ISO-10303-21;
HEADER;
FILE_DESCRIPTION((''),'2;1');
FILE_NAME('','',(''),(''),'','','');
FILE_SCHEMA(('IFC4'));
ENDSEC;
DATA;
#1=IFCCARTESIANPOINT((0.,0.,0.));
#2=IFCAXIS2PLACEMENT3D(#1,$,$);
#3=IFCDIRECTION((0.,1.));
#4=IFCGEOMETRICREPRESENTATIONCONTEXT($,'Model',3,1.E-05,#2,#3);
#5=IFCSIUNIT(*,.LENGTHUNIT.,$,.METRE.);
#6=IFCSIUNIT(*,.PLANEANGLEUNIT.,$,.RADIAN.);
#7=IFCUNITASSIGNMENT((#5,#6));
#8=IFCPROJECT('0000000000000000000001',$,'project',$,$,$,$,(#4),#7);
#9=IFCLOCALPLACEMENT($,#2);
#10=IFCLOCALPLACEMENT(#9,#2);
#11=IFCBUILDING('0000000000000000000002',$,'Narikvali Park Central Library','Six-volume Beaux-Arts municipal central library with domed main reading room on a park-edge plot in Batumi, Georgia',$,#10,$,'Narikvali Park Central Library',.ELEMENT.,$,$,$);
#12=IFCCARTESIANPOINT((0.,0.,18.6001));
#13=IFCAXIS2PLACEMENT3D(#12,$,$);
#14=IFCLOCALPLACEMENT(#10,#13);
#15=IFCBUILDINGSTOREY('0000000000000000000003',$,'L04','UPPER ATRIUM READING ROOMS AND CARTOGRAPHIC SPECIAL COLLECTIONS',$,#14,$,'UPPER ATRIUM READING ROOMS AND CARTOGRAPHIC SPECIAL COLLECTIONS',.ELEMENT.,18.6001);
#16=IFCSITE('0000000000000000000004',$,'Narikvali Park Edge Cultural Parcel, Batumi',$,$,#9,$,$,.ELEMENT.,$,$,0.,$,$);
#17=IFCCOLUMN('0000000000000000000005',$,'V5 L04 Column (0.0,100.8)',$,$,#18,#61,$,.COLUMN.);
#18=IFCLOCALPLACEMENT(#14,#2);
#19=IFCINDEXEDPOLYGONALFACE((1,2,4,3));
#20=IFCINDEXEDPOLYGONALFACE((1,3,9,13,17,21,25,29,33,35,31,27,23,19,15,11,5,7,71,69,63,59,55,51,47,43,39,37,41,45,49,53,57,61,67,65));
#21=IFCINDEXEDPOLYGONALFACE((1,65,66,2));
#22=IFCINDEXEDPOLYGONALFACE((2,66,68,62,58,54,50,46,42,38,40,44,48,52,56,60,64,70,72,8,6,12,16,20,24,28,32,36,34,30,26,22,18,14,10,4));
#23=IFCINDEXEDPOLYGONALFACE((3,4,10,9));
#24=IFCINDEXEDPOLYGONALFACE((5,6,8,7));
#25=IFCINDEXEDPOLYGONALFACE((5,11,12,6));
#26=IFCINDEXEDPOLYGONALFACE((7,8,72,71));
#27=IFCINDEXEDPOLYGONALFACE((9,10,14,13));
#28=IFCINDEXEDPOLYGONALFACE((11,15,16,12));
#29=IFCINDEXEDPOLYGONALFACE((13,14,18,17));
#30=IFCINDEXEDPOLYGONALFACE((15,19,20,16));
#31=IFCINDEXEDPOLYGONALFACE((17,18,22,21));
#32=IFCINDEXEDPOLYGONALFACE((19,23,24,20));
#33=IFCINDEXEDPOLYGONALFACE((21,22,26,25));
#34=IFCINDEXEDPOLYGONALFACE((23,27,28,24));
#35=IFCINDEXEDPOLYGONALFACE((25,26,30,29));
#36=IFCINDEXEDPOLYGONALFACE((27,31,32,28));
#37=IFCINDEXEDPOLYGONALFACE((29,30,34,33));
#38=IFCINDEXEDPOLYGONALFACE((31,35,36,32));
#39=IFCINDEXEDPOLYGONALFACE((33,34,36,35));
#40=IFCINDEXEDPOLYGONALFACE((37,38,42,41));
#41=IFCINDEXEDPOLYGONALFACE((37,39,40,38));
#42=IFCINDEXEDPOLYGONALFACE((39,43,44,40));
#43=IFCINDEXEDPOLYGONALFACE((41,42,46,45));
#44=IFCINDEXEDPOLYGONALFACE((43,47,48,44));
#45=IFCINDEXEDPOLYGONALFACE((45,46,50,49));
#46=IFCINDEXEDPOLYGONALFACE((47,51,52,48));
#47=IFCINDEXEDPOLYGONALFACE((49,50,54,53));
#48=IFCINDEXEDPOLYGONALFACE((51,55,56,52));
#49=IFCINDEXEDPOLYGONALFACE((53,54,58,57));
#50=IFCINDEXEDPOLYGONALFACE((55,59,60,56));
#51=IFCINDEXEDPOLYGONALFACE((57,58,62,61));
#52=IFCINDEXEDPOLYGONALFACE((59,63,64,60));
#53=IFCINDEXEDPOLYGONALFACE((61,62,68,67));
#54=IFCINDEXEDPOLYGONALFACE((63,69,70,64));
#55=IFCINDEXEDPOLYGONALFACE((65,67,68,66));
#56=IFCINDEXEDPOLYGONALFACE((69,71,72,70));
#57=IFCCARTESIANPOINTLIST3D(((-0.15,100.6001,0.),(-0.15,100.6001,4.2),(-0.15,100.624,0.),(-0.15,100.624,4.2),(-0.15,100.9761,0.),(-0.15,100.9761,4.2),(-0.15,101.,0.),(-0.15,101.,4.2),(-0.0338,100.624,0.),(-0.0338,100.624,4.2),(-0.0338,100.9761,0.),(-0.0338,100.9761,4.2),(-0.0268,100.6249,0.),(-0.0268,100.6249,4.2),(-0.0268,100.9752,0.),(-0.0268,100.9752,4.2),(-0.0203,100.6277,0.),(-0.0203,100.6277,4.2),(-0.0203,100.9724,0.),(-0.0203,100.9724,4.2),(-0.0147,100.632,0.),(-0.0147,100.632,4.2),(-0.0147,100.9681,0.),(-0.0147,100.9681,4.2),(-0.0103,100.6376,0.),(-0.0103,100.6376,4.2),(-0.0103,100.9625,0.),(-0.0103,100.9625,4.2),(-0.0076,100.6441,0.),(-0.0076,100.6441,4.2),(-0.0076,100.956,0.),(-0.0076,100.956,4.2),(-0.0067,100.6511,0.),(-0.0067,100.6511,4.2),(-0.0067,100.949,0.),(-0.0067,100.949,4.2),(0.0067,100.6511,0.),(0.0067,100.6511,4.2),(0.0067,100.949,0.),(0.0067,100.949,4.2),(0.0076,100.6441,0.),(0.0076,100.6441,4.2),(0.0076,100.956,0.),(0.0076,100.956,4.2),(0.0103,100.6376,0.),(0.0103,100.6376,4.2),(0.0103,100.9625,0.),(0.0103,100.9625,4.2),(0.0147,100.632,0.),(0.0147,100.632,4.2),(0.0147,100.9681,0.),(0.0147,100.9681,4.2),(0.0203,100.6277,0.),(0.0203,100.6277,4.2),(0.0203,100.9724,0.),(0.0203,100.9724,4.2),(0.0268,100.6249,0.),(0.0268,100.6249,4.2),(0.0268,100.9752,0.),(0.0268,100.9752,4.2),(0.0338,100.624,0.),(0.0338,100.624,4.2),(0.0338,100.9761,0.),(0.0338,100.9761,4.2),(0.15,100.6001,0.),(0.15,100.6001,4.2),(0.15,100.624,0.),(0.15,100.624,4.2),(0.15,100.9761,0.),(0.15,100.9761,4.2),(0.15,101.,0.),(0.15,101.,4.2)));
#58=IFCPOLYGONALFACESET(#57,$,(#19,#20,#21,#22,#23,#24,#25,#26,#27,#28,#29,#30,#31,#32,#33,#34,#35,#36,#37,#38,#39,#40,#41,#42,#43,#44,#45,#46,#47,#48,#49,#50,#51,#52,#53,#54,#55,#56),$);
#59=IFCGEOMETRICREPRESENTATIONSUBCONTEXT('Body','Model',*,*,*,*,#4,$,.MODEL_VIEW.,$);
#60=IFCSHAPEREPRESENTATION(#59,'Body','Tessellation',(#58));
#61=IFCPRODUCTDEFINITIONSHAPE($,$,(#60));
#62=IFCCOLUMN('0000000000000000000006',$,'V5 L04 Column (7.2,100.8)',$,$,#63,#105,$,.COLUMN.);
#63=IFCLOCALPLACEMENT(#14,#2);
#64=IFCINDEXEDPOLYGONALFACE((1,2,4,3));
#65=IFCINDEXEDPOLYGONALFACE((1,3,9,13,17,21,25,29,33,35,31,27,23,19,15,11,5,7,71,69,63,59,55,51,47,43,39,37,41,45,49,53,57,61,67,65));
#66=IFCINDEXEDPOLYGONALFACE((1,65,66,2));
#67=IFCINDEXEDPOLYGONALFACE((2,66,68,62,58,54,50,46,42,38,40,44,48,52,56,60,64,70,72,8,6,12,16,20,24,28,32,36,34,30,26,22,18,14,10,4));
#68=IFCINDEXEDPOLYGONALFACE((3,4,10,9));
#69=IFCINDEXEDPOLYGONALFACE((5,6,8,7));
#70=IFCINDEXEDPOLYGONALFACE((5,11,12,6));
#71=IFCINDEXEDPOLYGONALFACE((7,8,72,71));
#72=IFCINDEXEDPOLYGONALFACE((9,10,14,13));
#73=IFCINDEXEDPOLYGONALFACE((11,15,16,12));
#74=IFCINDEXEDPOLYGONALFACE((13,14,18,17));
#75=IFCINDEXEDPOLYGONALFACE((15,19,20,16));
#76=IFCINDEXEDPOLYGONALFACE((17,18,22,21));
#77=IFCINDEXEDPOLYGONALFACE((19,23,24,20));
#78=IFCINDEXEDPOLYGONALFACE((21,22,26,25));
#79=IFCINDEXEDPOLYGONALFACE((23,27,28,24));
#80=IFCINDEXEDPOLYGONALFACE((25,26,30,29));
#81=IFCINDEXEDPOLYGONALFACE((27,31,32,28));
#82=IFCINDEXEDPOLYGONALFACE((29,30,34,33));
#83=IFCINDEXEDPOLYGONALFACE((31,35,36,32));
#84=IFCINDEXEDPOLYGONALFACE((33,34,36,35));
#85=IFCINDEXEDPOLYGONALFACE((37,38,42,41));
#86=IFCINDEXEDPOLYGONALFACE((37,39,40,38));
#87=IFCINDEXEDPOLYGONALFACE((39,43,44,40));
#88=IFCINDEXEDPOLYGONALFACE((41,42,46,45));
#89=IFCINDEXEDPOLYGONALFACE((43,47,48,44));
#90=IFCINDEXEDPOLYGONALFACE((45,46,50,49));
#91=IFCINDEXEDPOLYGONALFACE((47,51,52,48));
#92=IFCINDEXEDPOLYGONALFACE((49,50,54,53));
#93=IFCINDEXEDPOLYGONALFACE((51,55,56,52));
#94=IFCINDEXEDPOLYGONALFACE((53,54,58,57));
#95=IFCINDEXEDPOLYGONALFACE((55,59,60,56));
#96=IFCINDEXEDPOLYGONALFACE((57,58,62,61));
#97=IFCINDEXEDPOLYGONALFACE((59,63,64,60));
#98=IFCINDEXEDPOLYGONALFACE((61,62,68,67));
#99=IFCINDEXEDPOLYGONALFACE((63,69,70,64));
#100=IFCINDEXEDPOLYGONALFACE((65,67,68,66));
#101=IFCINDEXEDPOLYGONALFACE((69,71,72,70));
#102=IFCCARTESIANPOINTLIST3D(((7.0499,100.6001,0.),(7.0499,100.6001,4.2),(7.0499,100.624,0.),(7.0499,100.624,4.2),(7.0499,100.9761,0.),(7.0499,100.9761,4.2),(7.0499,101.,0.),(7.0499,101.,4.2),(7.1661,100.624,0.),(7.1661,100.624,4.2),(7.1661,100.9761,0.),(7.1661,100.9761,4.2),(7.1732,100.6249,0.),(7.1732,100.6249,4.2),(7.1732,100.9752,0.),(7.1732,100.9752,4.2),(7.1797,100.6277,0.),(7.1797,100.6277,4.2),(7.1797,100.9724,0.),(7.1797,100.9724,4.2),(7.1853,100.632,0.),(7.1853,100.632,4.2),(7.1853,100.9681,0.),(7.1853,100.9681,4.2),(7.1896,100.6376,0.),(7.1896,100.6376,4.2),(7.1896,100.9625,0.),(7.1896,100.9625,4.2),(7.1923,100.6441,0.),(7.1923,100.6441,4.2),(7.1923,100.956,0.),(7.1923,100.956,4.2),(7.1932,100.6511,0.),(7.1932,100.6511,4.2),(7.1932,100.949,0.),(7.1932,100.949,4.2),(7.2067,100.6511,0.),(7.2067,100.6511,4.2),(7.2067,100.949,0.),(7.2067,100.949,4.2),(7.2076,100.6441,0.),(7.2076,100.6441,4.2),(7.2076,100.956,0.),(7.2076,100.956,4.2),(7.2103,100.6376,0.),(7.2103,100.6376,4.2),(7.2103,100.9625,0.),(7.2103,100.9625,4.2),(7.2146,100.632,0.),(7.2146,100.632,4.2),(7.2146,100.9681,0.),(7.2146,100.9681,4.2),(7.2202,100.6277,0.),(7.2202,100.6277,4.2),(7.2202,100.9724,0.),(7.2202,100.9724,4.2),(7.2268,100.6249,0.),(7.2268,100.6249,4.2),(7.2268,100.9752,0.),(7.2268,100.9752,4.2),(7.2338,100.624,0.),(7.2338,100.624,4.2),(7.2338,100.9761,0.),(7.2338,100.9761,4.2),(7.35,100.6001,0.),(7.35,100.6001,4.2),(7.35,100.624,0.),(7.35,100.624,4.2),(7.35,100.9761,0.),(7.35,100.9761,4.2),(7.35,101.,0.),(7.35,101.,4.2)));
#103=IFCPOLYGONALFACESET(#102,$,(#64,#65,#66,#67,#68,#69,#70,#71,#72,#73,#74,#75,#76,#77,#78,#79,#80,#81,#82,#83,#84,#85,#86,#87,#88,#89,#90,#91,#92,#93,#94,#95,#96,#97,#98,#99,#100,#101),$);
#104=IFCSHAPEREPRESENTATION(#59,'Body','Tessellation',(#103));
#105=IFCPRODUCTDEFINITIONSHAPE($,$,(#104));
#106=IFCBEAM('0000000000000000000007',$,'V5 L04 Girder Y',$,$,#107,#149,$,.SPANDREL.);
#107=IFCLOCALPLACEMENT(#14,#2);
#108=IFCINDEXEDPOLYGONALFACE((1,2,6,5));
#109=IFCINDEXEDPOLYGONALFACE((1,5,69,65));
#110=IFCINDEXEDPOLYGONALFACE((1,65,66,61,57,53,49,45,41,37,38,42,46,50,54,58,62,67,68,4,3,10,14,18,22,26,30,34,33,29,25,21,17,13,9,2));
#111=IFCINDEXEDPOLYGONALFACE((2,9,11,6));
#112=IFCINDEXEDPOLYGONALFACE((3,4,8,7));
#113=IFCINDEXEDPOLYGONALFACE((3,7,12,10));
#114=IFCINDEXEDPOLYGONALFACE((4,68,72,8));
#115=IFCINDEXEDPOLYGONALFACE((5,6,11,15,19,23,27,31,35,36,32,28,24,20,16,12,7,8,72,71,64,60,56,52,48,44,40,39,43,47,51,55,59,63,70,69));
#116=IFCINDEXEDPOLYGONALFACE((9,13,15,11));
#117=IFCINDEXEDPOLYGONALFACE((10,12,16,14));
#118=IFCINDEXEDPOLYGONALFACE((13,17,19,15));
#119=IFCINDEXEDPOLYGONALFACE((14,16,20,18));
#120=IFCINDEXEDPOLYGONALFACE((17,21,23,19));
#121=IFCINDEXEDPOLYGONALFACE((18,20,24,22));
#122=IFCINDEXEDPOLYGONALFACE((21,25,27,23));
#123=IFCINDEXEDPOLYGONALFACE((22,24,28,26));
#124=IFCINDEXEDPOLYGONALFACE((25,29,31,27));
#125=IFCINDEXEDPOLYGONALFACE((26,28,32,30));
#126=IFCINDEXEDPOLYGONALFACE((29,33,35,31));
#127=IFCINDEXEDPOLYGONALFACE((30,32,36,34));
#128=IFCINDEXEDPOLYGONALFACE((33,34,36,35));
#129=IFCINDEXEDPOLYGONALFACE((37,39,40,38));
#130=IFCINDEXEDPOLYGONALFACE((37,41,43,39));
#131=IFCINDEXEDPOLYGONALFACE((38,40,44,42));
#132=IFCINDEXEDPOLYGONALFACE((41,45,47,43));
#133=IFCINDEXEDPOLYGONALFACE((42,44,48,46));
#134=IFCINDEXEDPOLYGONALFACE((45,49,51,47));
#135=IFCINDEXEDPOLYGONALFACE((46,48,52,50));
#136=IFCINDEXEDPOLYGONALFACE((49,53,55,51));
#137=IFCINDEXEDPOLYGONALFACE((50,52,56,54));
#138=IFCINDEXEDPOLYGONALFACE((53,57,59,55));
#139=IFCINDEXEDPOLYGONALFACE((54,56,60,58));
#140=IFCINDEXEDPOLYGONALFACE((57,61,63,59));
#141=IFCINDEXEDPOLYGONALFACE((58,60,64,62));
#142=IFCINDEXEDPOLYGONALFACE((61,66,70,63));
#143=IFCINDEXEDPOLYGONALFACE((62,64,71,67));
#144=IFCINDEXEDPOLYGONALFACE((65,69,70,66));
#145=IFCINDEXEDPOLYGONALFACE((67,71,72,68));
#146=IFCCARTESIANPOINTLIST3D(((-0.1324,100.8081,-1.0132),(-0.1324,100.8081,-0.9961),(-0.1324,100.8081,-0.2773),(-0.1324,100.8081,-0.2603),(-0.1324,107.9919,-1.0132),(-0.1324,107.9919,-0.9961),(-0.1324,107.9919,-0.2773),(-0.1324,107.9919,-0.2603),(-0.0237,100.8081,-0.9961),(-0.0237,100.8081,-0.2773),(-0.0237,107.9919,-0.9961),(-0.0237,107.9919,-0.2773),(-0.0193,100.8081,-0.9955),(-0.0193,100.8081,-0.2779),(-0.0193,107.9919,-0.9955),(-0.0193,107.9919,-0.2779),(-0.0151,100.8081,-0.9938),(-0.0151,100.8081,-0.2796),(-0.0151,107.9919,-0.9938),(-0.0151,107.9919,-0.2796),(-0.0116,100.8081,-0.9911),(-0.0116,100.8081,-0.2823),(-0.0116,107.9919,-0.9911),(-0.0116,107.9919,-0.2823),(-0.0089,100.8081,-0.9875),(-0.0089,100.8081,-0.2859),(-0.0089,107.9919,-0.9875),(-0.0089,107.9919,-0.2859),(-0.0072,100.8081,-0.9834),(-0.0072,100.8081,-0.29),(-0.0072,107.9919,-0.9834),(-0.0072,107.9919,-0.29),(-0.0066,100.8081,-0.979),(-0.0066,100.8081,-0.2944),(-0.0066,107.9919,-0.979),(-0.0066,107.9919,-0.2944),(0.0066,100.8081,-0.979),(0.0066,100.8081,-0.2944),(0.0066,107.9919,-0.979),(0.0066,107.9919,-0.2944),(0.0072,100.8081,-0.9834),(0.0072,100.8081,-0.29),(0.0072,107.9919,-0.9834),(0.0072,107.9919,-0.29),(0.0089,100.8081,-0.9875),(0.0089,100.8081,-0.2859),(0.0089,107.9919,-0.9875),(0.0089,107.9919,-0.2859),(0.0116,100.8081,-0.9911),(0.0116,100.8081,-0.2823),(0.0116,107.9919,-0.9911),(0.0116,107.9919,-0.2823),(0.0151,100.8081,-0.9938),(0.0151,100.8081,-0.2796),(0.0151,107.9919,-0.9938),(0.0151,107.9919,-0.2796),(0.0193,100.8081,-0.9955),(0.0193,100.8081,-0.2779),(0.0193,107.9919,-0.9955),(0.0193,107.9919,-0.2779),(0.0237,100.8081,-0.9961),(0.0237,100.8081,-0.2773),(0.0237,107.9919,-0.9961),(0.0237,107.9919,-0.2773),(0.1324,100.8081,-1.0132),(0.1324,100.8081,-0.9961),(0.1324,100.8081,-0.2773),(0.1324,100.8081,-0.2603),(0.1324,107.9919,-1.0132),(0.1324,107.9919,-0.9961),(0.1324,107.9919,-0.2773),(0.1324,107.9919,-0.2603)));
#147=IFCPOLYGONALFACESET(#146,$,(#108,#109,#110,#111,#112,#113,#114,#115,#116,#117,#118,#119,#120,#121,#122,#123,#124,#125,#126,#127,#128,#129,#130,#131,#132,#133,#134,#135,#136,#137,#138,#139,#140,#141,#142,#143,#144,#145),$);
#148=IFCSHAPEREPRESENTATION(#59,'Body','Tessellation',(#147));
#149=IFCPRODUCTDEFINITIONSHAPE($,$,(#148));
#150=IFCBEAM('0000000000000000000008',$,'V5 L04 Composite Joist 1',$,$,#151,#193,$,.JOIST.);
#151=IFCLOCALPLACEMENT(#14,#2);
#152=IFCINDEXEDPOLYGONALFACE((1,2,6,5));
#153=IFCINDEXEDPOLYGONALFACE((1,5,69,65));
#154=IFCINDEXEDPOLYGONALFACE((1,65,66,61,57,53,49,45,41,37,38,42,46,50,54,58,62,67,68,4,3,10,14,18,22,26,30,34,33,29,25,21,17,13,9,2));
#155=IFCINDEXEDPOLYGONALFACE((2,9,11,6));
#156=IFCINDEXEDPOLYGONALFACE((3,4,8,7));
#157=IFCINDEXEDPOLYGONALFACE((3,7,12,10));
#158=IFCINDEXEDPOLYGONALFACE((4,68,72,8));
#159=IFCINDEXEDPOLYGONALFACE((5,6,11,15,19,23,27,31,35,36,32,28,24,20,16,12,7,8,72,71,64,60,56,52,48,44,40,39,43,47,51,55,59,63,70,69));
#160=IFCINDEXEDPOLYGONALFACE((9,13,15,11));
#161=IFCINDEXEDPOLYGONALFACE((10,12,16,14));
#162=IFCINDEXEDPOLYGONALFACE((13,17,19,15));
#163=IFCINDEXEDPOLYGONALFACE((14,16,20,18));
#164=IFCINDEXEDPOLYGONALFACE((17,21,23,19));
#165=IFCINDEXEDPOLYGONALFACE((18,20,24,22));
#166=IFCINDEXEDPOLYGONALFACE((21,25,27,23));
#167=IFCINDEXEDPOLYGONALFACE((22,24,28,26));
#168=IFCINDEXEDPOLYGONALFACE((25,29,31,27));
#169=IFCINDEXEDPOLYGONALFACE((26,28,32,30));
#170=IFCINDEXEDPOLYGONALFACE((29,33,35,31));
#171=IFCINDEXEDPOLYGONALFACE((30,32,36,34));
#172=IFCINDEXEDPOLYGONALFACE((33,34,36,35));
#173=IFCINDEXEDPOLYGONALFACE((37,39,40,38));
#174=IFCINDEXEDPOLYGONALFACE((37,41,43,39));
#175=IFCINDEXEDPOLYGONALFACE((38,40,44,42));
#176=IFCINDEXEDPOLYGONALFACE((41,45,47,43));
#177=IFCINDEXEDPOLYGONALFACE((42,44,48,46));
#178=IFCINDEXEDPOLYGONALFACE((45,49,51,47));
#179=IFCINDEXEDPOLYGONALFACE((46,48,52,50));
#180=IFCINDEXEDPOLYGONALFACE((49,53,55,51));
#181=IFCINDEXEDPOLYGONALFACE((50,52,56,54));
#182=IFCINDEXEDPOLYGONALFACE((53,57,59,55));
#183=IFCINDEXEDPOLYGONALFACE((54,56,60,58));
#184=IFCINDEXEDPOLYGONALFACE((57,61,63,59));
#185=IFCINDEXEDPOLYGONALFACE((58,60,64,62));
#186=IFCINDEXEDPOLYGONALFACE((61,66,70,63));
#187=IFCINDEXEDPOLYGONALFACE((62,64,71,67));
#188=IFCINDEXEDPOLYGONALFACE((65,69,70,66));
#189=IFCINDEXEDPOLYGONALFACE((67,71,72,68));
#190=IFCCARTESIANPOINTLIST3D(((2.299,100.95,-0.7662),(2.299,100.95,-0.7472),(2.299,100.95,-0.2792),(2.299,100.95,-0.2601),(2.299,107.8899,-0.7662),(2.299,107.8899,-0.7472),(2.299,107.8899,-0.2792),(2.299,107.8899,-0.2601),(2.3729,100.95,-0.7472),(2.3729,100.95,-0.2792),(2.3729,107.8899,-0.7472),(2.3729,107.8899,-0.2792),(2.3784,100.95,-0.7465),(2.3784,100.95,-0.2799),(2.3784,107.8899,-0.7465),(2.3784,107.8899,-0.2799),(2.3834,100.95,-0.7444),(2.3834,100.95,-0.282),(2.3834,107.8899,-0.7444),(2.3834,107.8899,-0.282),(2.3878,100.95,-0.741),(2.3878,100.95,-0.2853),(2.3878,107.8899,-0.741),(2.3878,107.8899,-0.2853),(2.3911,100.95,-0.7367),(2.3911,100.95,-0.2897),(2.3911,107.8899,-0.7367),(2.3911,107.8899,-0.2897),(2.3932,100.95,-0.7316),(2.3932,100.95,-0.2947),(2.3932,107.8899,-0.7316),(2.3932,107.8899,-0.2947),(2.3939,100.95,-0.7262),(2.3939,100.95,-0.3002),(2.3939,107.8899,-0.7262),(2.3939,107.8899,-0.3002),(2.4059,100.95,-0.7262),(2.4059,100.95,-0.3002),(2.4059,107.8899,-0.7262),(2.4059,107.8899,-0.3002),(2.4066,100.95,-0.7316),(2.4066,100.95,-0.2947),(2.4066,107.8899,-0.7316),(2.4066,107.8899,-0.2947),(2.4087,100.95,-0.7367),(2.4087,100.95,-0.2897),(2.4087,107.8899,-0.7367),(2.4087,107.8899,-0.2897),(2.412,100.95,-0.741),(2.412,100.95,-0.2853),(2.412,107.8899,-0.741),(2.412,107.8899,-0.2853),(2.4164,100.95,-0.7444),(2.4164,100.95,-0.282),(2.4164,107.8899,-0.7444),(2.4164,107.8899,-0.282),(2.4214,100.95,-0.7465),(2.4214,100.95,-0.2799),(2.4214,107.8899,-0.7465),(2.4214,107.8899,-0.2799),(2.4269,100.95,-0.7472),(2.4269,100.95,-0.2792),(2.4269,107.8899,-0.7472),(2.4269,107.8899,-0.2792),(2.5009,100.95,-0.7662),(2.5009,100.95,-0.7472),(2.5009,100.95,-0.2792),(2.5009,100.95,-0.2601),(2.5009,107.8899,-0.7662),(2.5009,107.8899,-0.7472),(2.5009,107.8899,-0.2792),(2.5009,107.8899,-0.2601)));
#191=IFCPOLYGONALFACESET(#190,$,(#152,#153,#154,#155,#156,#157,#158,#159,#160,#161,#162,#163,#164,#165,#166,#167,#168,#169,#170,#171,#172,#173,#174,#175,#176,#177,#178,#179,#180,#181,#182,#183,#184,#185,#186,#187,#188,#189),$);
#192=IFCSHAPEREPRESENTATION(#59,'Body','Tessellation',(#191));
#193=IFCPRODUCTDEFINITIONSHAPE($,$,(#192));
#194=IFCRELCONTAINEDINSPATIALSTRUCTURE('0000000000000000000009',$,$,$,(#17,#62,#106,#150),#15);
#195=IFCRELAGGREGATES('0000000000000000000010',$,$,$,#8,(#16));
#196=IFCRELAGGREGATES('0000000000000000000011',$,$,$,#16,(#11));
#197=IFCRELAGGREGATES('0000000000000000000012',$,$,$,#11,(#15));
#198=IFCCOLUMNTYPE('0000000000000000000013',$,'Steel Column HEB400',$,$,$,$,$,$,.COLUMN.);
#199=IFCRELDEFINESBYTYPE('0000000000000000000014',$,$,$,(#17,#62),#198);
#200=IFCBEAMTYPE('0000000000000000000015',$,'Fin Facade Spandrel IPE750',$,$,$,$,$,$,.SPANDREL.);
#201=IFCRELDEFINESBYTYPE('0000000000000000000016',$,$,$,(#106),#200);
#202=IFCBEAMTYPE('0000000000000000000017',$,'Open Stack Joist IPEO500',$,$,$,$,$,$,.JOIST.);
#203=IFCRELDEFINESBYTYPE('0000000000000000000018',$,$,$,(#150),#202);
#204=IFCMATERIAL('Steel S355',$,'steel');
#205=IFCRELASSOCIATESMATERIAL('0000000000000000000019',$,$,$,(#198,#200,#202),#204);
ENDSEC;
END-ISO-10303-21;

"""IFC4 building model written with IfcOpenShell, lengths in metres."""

from ifc_helpers import new_model, si_unit, direction, frame, origin, origin_2d, place, context, subcontext, project, spatial, i_section, extrude, material, material_profile, profile_set, type_object, element, save


model = new_model("IFC4")

# Units and contexts
model_context = context("Model", 3, precision=1e-05, world=origin(), true_north=direction((0.0, 1.0)))
body_context = subcontext(model_context, "Body", "Model", "MODEL_VIEW")
ifc_project = project(units=[si_unit("LENGTHUNIT", "METRE"), si_unit("PLANEANGLEUNIT", "RADIAN")], contexts=[model_context])

# Site, building, storey
site_placement = place(None, origin())
site = spatial("IfcSite", under=ifc_project, at=site_placement, Name="Narikvali Park Edge Cultural Parcel, Batumi", CompositionType="ELEMENT", RefElevation=0.0)
building_placement = place(site_placement, origin())
building = spatial("IfcBuilding", under=site, at=building_placement, Name="Narikvali Park Central Library", Description="Six-volume Beaux-Arts municipal central library with domed main reading room on a park-edge plot in Batumi, Georgia", LongName="Narikvali Park Central Library", CompositionType="ELEMENT")
storey_placement = place(building_placement, frame((0.0, 0.0, 18.6001)))
storey = spatial("IfcBuildingStorey", under=building, at=storey_placement, Name="L04", Description="UPPER ATRIUM READING ROOMS AND CARTOGRAPHIC SPECIAL COLLECTIONS", LongName="UPPER ATRIUM READING ROOMS AND CARTOGRAPHIC SPECIAL COLLECTIONS", CompositionType="ELEMENT", Elevation=18.6001)

# Columns
ifc_material_1 = material(Name="Steel S355", Category="steel")
ifc_material_profile_1 = material_profile(ifc_material_1, i_section(OverallWidth=0.3, OverallDepth=0.3999, WebThickness=0.0134, FlangeThickness=0.0239, FilletRadius=0.0271, at=origin_2d()), Name="HEB 400")
ifc_profile_set_1 = profile_set([ifc_material_profile_1], Name="Steel S355")
column_type = type_object("IfcColumnType", Name="Steel Column HEB400", PredefinedType="COLUMN", material=ifc_profile_set_1)
for number, where, z_axis, x_axis, name in (
    (1, (0.0, 100.8, 0.0), (0.0, 0.0, 1.0), (1.0, 0.0, 0.0), "V5 L04 Column (0.0,100.8)"),
    (2, (7.2, 100.8, 0.0), (0.0, 0.0, 1.0), (1.0, 0.0, 0.0), "V5 L04 Column (7.2,100.8)"),
):
    element("IfcColumn", number, at=place(storey_placement, frame(where, z_axis=z_axis, x_axis=x_axis)), inside=storey, type_object=column_type, Name=name, PredefinedType="COLUMN", context=body_context, shape_type="SweptSolid", body=[
        extrude(i_section(OverallWidth=0.3, OverallDepth=0.3999, WebThickness=0.0134, FlangeThickness=0.0239, FilletRadius=0.0271, at=origin_2d()), origin(), (0.0, 0.0, 1.0), 4.2),
    ])

# Beams
ifc_material_profile_2 = material_profile(ifc_material_1, i_section(OverallWidth=0.2649, OverallDepth=0.7529, WebThickness=0.0132, FlangeThickness=0.0171, FilletRadius=0.0171, at=origin_2d()), Name="IPE 750x147")
ifc_profile_set_2 = profile_set([ifc_material_profile_2], Name="Steel S355")
beam_type_1 = type_object("IfcBeamType", Name="Fin Facade Spandrel IPE750", PredefinedType="SPANDREL", material=ifc_profile_set_2)
beam_1_placement = place(storey_placement, frame((0.0, 100.8081, -0.6367), z_axis=(0.0, 1.0, 0.0), x_axis=(-1.0, 0.0, 0.0)))
element("IfcBeam", 3, at=beam_1_placement, inside=storey, type_object=beam_type_1, Name="V5 L04 Girder Y", PredefinedType="SPANDREL", context=body_context, shape_type="SweptSolid", body=[
    extrude(i_section(OverallWidth=0.2649, OverallDepth=0.7529, WebThickness=0.0132, FlangeThickness=0.0171, FilletRadius=0.0171, at=origin_2d()), origin(), (0.0, 0.0, 1.0), 7.1838),
])
ifc_material_profile_3 = material_profile(ifc_material_1, i_section(OverallWidth=0.2019, OverallDepth=0.5061, WebThickness=0.012, FlangeThickness=0.019, FilletRadius=0.021, at=origin_2d()), Name="IPEO 500")
ifc_profile_set_3 = profile_set([ifc_material_profile_3], Name="Steel S355")
beam_type_2 = type_object("IfcBeamType", Name="Open Stack Joist IPEO500", PredefinedType="JOIST", material=ifc_profile_set_3)
for number, where, z_axis, x_axis, name in (
    (4, (2.3999, 100.95, -0.5132), (0.0, 1.0, 0.0), (-1.0, 0.0, 0.0), "V5 L04 Composite Joist 1"),
):
    element("IfcBeam", number, at=place(storey_placement, frame(where, z_axis=z_axis, x_axis=x_axis)), inside=storey, type_object=beam_type_2, Name=name, PredefinedType="JOIST", context=body_context, shape_type="SweptSolid", body=[
        extrude(i_section(OverallWidth=0.2019, OverallDepth=0.5061, WebThickness=0.012, FlangeThickness=0.019, FilletRadius=0.021, at=origin_2d()), origin(), (0.0, 0.0, 1.0), 6.9399),
    ])

save(model, "model.ifc")
